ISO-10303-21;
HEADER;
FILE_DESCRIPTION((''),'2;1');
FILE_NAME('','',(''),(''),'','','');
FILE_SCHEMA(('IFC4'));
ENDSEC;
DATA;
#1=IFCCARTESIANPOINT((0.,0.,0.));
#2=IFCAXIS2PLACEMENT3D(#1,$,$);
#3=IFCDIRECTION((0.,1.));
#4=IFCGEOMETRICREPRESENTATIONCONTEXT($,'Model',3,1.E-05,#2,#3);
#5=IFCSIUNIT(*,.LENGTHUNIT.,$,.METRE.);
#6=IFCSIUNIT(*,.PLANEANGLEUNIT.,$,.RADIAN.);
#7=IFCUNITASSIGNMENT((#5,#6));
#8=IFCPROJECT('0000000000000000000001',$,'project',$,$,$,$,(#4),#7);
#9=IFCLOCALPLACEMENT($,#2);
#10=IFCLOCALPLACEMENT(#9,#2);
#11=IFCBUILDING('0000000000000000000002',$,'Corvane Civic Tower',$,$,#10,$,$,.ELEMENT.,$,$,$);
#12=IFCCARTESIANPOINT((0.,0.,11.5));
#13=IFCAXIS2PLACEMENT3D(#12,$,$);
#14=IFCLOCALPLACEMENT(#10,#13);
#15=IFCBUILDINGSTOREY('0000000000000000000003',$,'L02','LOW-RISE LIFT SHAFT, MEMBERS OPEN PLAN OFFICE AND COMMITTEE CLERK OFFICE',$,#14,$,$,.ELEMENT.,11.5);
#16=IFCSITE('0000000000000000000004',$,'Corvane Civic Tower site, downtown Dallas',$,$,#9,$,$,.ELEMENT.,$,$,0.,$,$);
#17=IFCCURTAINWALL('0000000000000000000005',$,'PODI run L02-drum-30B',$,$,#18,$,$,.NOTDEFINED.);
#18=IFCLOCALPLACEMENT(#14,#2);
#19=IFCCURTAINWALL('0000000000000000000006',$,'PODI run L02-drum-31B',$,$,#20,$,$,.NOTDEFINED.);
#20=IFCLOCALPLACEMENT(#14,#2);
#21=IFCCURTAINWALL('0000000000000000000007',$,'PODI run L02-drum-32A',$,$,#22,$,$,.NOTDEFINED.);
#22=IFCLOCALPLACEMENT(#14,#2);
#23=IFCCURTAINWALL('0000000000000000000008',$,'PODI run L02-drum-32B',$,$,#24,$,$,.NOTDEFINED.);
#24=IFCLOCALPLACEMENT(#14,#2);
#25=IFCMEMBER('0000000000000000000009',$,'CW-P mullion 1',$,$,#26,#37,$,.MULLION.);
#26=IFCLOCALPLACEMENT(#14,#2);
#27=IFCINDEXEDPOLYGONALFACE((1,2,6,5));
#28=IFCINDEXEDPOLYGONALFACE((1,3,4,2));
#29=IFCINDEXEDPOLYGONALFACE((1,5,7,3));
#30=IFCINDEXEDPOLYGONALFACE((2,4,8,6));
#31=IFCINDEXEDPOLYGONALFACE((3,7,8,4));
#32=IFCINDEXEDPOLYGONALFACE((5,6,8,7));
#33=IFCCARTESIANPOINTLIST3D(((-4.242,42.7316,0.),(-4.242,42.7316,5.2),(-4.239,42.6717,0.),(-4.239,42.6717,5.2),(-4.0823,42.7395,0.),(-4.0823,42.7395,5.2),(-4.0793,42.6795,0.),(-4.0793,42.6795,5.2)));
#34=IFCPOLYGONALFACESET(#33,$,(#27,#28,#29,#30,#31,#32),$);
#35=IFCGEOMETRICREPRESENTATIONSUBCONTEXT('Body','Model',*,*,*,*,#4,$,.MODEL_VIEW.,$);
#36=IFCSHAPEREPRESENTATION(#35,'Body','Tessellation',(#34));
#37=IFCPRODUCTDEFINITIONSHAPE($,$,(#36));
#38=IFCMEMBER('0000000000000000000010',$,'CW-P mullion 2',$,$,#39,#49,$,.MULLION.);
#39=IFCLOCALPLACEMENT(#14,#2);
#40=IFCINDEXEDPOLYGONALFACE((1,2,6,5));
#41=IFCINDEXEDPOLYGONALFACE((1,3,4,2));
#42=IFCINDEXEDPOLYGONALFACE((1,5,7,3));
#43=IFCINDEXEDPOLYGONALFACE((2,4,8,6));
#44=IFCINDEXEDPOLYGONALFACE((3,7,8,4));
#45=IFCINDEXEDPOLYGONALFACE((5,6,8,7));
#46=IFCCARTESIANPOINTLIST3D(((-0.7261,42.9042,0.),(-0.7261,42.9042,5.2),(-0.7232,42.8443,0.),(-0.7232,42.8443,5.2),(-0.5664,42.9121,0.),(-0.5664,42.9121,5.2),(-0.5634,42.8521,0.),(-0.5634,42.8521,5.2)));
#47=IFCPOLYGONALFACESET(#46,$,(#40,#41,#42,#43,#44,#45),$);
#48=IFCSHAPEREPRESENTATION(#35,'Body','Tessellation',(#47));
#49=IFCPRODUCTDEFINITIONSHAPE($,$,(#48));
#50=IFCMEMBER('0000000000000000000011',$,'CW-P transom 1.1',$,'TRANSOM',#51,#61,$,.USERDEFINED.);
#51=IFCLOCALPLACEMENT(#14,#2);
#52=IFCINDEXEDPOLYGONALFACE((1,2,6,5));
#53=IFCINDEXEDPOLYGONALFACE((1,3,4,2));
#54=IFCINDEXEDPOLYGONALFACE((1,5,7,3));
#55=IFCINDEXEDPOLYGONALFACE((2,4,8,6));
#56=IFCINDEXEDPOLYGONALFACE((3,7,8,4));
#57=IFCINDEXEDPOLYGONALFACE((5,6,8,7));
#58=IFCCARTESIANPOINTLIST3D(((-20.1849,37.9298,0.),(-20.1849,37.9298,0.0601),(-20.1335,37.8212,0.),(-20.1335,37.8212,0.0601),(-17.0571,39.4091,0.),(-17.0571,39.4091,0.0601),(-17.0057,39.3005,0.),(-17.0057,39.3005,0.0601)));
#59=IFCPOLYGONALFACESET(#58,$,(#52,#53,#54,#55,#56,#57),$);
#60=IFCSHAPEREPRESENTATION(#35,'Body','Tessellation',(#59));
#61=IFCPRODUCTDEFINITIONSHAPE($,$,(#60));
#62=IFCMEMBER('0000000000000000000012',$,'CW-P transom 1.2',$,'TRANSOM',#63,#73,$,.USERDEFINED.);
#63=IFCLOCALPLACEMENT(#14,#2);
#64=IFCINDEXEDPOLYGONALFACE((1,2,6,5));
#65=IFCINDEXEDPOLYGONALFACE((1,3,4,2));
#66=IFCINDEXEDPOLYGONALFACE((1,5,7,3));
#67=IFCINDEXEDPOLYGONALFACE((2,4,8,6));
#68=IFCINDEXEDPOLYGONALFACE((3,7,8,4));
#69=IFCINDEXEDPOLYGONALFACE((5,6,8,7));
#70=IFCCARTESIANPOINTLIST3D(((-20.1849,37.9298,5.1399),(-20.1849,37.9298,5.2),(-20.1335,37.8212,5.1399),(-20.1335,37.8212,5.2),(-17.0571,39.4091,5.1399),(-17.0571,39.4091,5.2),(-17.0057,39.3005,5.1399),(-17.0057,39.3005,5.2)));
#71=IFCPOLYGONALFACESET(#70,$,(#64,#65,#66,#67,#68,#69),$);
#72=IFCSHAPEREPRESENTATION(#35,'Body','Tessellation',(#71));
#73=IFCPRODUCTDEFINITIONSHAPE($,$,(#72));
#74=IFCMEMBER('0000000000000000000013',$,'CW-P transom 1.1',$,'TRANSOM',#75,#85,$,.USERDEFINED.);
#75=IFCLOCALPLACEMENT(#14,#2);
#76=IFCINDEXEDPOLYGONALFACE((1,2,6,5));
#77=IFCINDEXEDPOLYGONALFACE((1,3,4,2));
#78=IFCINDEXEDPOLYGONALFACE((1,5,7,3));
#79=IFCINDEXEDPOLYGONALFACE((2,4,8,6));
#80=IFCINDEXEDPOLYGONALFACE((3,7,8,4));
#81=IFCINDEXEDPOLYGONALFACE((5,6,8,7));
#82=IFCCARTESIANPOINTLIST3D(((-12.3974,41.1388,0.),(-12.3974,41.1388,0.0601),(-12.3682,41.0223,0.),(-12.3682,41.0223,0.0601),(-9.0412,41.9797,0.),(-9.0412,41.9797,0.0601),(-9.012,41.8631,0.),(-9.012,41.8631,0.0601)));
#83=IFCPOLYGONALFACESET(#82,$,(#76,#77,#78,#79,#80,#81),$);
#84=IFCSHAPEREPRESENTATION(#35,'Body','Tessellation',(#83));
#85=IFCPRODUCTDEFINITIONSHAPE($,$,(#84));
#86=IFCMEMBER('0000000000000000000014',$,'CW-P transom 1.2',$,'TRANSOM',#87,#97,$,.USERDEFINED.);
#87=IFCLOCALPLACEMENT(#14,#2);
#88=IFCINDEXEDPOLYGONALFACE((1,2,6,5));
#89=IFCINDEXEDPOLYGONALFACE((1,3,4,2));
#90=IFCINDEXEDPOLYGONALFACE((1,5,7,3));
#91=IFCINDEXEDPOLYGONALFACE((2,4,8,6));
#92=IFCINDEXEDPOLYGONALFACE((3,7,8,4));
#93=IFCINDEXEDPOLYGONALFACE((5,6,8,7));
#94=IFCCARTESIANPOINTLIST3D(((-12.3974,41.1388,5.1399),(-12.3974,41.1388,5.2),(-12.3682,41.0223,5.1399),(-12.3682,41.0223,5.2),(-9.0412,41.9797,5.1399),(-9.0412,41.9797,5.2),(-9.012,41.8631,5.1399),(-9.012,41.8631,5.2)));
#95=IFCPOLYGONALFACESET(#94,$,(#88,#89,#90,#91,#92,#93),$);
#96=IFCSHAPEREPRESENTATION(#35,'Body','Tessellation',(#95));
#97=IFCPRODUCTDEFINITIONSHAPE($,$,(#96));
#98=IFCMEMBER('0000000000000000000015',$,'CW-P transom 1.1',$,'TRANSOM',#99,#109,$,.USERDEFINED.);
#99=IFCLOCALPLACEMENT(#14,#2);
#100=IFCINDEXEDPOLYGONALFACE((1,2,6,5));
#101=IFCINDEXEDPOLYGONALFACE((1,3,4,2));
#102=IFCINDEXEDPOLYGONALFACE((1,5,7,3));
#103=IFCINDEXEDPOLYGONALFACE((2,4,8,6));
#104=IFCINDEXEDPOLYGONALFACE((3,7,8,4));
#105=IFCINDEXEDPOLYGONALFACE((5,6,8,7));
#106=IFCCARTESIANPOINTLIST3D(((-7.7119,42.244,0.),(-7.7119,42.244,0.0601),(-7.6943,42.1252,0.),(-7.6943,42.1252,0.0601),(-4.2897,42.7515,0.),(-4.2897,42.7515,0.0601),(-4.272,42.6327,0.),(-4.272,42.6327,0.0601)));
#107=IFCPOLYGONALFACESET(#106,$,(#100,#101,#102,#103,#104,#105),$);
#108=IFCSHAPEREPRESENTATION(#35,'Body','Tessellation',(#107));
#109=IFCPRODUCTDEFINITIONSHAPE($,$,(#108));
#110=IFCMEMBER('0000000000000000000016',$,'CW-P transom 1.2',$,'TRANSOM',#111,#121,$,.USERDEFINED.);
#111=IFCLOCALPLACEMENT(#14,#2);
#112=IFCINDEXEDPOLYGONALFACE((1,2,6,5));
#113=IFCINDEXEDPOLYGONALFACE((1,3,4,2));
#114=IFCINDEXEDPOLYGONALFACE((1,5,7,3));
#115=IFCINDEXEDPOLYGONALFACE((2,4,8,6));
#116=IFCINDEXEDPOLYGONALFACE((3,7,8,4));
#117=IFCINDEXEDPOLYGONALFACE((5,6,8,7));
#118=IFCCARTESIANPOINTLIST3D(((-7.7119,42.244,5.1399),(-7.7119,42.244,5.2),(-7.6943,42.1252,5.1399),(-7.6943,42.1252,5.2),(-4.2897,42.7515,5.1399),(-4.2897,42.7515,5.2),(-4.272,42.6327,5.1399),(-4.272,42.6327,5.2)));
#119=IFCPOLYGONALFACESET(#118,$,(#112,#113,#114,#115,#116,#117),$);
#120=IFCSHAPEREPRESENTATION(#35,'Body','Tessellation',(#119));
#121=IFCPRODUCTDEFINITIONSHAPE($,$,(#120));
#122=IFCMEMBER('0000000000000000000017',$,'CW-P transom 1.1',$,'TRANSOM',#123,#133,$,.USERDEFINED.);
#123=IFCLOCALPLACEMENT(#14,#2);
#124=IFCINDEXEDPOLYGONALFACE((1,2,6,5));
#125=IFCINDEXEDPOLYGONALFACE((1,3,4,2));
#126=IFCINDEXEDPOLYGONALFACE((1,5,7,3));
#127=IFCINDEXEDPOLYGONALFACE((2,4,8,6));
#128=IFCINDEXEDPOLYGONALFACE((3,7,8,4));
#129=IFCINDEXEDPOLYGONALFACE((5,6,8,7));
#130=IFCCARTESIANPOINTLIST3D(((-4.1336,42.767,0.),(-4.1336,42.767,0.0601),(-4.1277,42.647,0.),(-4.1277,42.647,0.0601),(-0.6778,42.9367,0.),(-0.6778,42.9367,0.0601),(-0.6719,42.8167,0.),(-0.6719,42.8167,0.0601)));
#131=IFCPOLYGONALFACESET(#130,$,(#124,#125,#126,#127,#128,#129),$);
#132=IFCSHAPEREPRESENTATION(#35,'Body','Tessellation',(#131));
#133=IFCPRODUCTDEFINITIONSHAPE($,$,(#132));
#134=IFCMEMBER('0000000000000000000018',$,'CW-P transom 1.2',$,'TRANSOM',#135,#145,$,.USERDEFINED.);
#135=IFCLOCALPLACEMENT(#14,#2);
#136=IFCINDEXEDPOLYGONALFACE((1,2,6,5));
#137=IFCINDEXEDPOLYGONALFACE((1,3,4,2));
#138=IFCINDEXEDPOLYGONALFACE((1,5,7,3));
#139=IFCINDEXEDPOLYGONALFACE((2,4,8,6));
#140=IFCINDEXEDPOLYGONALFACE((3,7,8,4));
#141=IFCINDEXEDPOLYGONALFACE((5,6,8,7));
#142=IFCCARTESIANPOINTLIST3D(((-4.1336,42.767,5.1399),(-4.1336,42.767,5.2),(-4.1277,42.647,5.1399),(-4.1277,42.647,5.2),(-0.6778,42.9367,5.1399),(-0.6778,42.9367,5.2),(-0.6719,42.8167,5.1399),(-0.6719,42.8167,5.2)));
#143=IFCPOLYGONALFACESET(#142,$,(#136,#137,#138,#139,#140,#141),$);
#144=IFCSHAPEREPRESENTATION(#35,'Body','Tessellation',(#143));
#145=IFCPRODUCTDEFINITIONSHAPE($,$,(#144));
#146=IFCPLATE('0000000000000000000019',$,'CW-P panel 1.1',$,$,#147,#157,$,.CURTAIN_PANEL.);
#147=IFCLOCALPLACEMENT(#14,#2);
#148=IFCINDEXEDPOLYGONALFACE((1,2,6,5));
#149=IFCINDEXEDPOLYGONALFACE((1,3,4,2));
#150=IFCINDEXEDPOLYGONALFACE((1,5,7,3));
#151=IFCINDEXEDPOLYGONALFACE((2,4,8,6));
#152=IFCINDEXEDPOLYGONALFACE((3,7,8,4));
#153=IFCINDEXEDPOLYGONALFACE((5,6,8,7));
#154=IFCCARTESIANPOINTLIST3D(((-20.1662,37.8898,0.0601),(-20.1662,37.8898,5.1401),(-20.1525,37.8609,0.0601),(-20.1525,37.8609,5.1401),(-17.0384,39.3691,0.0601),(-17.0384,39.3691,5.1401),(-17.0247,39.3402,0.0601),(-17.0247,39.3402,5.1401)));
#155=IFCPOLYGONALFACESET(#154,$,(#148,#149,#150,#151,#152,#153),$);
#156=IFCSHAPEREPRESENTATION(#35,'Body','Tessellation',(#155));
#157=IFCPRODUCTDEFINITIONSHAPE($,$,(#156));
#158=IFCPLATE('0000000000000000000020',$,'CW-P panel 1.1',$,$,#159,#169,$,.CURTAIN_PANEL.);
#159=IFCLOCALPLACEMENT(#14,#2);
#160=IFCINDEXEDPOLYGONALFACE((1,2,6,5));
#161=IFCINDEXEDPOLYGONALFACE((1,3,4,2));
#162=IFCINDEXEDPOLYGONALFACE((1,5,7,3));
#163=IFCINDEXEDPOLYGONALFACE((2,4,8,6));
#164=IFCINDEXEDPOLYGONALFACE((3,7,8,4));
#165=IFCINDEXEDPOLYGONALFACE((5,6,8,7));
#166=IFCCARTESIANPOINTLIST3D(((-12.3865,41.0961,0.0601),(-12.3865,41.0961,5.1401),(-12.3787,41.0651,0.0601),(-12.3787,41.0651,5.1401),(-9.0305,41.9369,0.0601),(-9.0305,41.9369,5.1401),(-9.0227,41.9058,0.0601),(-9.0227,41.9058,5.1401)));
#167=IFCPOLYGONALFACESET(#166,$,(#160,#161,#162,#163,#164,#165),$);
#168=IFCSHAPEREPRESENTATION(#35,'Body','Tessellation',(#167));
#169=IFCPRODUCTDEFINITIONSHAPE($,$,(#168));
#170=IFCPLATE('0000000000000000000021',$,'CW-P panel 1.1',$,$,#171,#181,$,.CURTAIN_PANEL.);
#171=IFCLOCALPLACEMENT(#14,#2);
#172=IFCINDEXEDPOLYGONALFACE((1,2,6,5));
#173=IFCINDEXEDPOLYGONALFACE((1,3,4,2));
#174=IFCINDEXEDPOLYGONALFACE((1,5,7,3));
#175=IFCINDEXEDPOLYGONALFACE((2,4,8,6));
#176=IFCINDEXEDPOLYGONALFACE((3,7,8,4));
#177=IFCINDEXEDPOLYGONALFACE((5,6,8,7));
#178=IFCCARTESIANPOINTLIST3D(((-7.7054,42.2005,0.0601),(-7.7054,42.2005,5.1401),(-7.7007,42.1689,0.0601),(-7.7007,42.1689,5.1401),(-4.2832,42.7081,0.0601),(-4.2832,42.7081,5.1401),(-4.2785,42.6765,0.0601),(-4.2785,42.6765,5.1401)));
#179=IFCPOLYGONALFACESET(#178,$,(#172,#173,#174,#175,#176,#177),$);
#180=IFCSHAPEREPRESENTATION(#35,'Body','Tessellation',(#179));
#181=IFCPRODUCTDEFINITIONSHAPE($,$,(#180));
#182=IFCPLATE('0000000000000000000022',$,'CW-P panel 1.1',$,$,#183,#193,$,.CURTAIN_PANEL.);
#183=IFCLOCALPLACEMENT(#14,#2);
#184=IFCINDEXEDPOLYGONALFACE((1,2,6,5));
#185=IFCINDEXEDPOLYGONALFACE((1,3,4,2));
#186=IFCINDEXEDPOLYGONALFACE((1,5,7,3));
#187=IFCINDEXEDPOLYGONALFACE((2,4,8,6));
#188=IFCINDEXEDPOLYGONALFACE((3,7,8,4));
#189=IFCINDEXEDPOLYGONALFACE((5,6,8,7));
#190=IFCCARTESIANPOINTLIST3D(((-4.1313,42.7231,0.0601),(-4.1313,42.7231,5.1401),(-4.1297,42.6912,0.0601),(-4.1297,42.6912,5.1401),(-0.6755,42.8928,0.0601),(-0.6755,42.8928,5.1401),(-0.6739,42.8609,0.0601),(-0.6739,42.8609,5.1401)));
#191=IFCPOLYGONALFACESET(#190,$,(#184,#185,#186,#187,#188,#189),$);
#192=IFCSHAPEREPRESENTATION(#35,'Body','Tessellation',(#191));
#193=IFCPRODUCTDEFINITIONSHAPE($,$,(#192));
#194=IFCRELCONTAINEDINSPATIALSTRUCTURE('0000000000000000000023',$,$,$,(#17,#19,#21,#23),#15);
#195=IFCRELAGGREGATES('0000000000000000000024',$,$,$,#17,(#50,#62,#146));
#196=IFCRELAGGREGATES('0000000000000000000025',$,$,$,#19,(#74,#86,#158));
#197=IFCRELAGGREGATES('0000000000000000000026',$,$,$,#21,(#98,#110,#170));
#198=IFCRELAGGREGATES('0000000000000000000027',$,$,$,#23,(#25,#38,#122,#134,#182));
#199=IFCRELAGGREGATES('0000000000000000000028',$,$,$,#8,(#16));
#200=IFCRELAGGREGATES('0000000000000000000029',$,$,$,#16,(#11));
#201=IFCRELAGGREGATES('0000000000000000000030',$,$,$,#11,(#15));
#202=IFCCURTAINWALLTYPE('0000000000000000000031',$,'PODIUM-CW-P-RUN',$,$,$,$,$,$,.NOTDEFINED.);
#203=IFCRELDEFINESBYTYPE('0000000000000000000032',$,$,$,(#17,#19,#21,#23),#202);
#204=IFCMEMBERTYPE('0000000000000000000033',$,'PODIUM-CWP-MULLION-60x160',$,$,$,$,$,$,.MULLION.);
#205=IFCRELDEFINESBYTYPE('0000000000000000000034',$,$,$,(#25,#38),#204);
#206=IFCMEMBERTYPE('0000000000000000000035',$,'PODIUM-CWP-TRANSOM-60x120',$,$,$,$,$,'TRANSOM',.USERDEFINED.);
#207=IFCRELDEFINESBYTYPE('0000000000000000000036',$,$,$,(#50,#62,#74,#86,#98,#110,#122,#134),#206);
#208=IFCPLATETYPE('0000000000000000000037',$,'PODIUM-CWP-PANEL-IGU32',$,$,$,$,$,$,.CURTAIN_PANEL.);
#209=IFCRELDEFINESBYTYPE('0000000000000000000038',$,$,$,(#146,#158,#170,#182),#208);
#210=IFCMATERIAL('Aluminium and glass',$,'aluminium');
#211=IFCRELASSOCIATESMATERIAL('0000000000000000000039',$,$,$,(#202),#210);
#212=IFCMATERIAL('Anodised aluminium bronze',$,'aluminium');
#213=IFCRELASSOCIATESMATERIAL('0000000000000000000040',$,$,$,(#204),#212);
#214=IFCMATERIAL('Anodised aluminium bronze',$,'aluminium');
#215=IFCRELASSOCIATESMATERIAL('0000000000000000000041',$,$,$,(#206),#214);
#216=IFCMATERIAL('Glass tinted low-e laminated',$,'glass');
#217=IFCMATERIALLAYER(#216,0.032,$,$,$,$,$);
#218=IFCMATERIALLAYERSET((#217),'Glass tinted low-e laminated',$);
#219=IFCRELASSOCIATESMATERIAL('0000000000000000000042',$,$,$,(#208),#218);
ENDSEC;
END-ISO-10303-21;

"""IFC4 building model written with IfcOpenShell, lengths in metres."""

from ifc_helpers import new_model, si_unit, direction, frame, origin, origin_2d, place, context, subcontext, project, spatial, rectangle, extrude, material, layer, layer_set, material_profile, profile_set, type_object, element, aggregate, save


model = new_model("IFC4")

# Units and contexts
model_context = context("Model", 3, precision=1e-05, world=origin(), true_north=direction((0.0, 1.0)))
body_context = subcontext(model_context, "Body", "Model", "MODEL_VIEW")
ifc_project = project(units=[si_unit("LENGTHUNIT", "METRE"), si_unit("PLANEANGLEUNIT", "RADIAN")], contexts=[model_context])

# Site, building, storey
site_placement = place(None, origin())
site = spatial("IfcSite", under=ifc_project, at=site_placement, Name="Corvane Civic Tower site, downtown Dallas", CompositionType="ELEMENT", RefElevation=0.0)
building_placement = place(site_placement, origin())
building = spatial("IfcBuilding", under=site, at=building_placement, Name="Corvane Civic Tower", CompositionType="ELEMENT")
storey_placement = place(building_placement, frame((0.0, 0.0, 11.5)))
storey = spatial("IfcBuildingStorey", under=building, at=storey_placement, Name="L02", Description="LOW-RISE LIFT SHAFT, MEMBERS OPEN PLAN OFFICE AND COMMITTEE CLERK OFFICE", CompositionType="ELEMENT", Elevation=11.5)

# Shared definitions
ifc_material_1 = material(Name="Aluminium and glass", Category="aluminium")
curtain_wall_type = type_object("IfcCurtainWallType", Name="PODIUM-CW-P-RUN", PredefinedType="NOTDEFINED", material=ifc_material_1)
ifc_material_2 = material(Name="Anodised aluminium bronze", Category="aluminium")
ifc_material_profile_1 = material_profile(ifc_material_2, rectangle(XDim=0.0601, YDim=0.1599, at=origin_2d()), Name="AL 60x160")
ifc_profile_set_1 = profile_set([ifc_material_profile_1], Name="Anodised aluminium bronze")
member_type_1 = type_object("IfcMemberType", Name="PODIUM-CWP-MULLION-60x160", PredefinedType="MULLION", material=ifc_profile_set_1)

# Curtain walls, members
curtain_wall_1_placement = place(storey_placement, origin())
curtain_wall_1 = element("IfcCurtainWall", 1, at=curtain_wall_1_placement, inside=storey, type_object=curtain_wall_type, Name="PODI run L02-drum-30B", PredefinedType="NOTDEFINED")
curtain_wall_2_placement = place(storey_placement, origin())
curtain_wall_2 = element("IfcCurtainWall", 2, at=curtain_wall_2_placement, inside=storey, type_object=curtain_wall_type, Name="PODI run L02-drum-31B", PredefinedType="NOTDEFINED")
curtain_wall_3_placement = place(storey_placement, origin())
curtain_wall_3 = element("IfcCurtainWall", 3, at=curtain_wall_3_placement, inside=storey, type_object=curtain_wall_type, Name="PODI run L02-drum-32A", PredefinedType="NOTDEFINED")
curtain_wall_4_placement = place(storey_placement, origin())
curtain_wall_4 = element("IfcCurtainWall", 4, at=curtain_wall_4_placement, inside=storey, type_object=curtain_wall_type, Name="PODI run L02-drum-32B", PredefinedType="NOTDEFINED")
member_1_placement = place(storey_placement, frame((-4.1606, 42.7056, 0.0), z_axis=(0.0, 0.0, 1.0), x_axis=(-0.04905, 0.998796, 0.0)))
member_1 = element("IfcMember", 5, at=member_1_placement, type_object=member_type_1, Name="CW-P mullion 1", PredefinedType="MULLION", context=body_context, shape_type="SweptSolid", body=[
    extrude(rectangle(XDim=0.0601, YDim=0.1599, at=origin_2d()), origin(), (0.0, 0.0, 1.0), 5.2),
])
member_2_placement = place(storey_placement, frame((-0.6448, 42.8782, 0.0), z_axis=(0.0, 0.0, 1.0), x_axis=(-0.04905, 0.998796, 0.0)))
member_2 = element("IfcMember", 6, at=member_2_placement, type_object=member_type_1, Name="CW-P mullion 2", PredefinedType="MULLION", context=body_context, shape_type="SweptSolid", body=[
    extrude(rectangle(XDim=0.0601, YDim=0.1599, at=origin_2d()), origin(), (0.0, 0.0, 1.0), 5.2),
])

# Members
ifc_material_3 = material(Name="Anodised aluminium bronze", Category="aluminium")
ifc_material_profile_2 = material_profile(ifc_material_3, rectangle(XDim=0.1201, YDim=0.0601, at=origin_2d()), Name="AL 120x60")
ifc_profile_set_2 = profile_set([ifc_material_profile_2], Name="Anodised aluminium bronze")
member_type_2 = type_object("IfcMemberType", Name="PODIUM-CWP-TRANSOM-60x120", ElementType="TRANSOM", PredefinedType="USERDEFINED", material=ifc_profile_set_2)
member_3_placement = place(storey_placement, frame((-20.1592, 37.8755, 0.03), z_axis=(0.903993, 0.427546, 0.0), x_axis=(-0.427546, 0.903993, 0.0)))
member_3 = element("IfcMember", 7, at=member_3_placement, type_object=member_type_2, Name="CW-P transom 1.1", ObjectType="TRANSOM", PredefinedType="USERDEFINED", context=body_context, shape_type="SweptSolid", body=[
    extrude(rectangle(XDim=0.1201, YDim=0.0601, at=origin_2d()), origin(), (0.0, 0.0, 1.0), 3.46),
])
member_4_placement = place(storey_placement, frame((-20.1592, 37.8755, 5.1699), z_axis=(0.903993, 0.427546, 0.0), x_axis=(-0.427546, 0.903993, 0.0)))
member_4 = element("IfcMember", 8, at=member_4_placement, type_object=member_type_2, Name="CW-P transom 1.2", ObjectType="TRANSOM", PredefinedType="USERDEFINED", context=body_context, shape_type="SweptSolid", body=[
    extrude(rectangle(XDim=0.1201, YDim=0.0601, at=origin_2d()), origin(), (0.0, 0.0, 1.0), 3.46),
])
member_5_placement = place(storey_placement, frame((-12.3828, 41.0806, 0.03), z_axis=(0.970022, 0.243017, 0.0), x_axis=(-0.243017, 0.970022, 0.0)))
member_5 = element("IfcMember", 9, at=member_5_placement, type_object=member_type_2, Name="CW-P transom 1.1", ObjectType="TRANSOM", PredefinedType="USERDEFINED", context=body_context, shape_type="SweptSolid", body=[
    extrude(rectangle(XDim=0.1201, YDim=0.0601, at=origin_2d()), origin(), (0.0, 0.0, 1.0), 3.46),
])
member_6_placement = place(storey_placement, frame((-12.3828, 41.0806, 5.1699), z_axis=(0.970022, 0.243017, 0.0), x_axis=(-0.243017, 0.970022, 0.0)))
member_6 = element("IfcMember", 10, at=member_6_placement, type_object=member_type_2, Name="CW-P transom 1.2", ObjectType="TRANSOM", PredefinedType="USERDEFINED", context=body_context, shape_type="SweptSolid", body=[
    extrude(rectangle(XDim=0.1201, YDim=0.0601, at=origin_2d()), origin(), (0.0, 0.0, 1.0), 3.46),
])
member_7_placement = place(storey_placement, frame((-7.7031, 42.1846, 0.03), z_axis=(0.98918, 0.146705, 0.0), x_axis=(-0.146705, 0.98918, 0.0)))
member_7 = element("IfcMember", 11, at=member_7_placement, type_object=member_type_2, Name="CW-P transom 1.1", ObjectType="TRANSOM", PredefinedType="USERDEFINED", context=body_context, shape_type="SweptSolid", body=[
    extrude(rectangle(XDim=0.1201, YDim=0.0601, at=origin_2d()), origin(), (0.0, 0.0, 1.0), 3.4597),
])
member_8_placement = place(storey_placement, frame((-7.7031, 42.1846, 5.1699), z_axis=(0.98918, 0.146705, 0.0), x_axis=(-0.146705, 0.98918, 0.0)))
member_8 = element("IfcMember", 12, at=member_8_placement, type_object=member_type_2, Name="CW-P transom 1.2", ObjectType="TRANSOM", PredefinedType="USERDEFINED", context=body_context, shape_type="SweptSolid", body=[
    extrude(rectangle(XDim=0.1201, YDim=0.0601, at=origin_2d()), origin(), (0.0, 0.0, 1.0), 3.4597),
])
member_9_placement = place(storey_placement, frame((-4.1306, 42.707, 0.03), z_axis=(0.998797, 0.04904, 0.0), x_axis=(-0.04904, 0.998797, 0.0)))
member_9 = element("IfcMember", 13, at=member_9_placement, type_object=member_type_2, Name="CW-P transom 1.1", ObjectType="TRANSOM", PredefinedType="USERDEFINED", context=body_context, shape_type="SweptSolid", body=[
    extrude(rectangle(XDim=0.1201, YDim=0.0601, at=origin_2d()), origin(), (0.0, 0.0, 1.0), 3.46),
])
member_10_placement = place(storey_placement, frame((-4.1306, 42.707, 5.1699), z_axis=(0.998797, 0.04904, 0.0), x_axis=(-0.04904, 0.998797, 0.0)))
member_10 = element("IfcMember", 14, at=member_10_placement, type_object=member_type_2, Name="CW-P transom 1.2", ObjectType="TRANSOM", PredefinedType="USERDEFINED", context=body_context, shape_type="SweptSolid", body=[
    extrude(rectangle(XDim=0.1201, YDim=0.0601, at=origin_2d()), origin(), (0.0, 0.0, 1.0), 3.46),
])

# Plates
ifc_material_4 = material(Name="Glass tinted low-e laminated", Category="glass")
ifc_layer_1 = layer(ifc_material_4, 0.032)
ifc_layer_set_1 = layer_set([ifc_layer_1], Name="Glass tinted low-e laminated")
plate_type = type_object("IfcPlateType", Name="PODIUM-CWP-PANEL-IGU32", PredefinedType="CURTAIN_PANEL", material=ifc_layer_set_1)
plate_1_placement = place(storey_placement, frame((-18.5955, 38.615, 0.0601), z_axis=(0.0, 0.0, 1.0), x_axis=(0.90399, 0.427553, 0.0)))
plate_1 = element("IfcPlate", 15, at=plate_1_placement, type_object=plate_type, Name="CW-P panel 1.1", PredefinedType="CURTAIN_PANEL", context=body_context, shape_type="SweptSolid", body=[
    extrude(rectangle(XDim=3.46, YDim=0.032, at=origin_2d()), origin(), (0.0, 0.0, 1.0), 5.0801),
])
aggregate(curtain_wall_1, [member_3, member_4, plate_1])
plate_2_placement = place(storey_placement, frame((-10.7046, 41.501, 0.0601), z_axis=(0.0, 0.0, 1.0), x_axis=(0.970024, 0.243009, 0.0)))
plate_2 = element("IfcPlate", 16, at=plate_2_placement, type_object=plate_type, Name="CW-P panel 1.1", PredefinedType="CURTAIN_PANEL", context=body_context, shape_type="SweptSolid", body=[
    extrude(rectangle(XDim=3.4597, YDim=0.032, at=origin_2d()), origin(), (0.0, 0.0, 1.0), 5.0801),
])
aggregate(curtain_wall_2, [member_5, member_6, plate_2])
plate_3_placement = place(storey_placement, frame((-5.9919, 42.4385, 0.0601), z_axis=(0.0, 0.0, 1.0), x_axis=(0.989179, 0.146715, 0.0)))
plate_3 = element("IfcPlate", 17, at=plate_3_placement, type_object=plate_type, Name="CW-P panel 1.1", PredefinedType="CURTAIN_PANEL", context=body_context, shape_type="SweptSolid", body=[
    extrude(rectangle(XDim=3.4597, YDim=0.032, at=origin_2d()), origin(), (0.0, 0.0, 1.0), 5.0801),
])
aggregate(curtain_wall_3, [member_7, member_8, plate_3])
plate_4_placement = place(storey_placement, frame((-2.4026, 42.792, 0.0601), z_axis=(0.0, 0.0, 1.0), x_axis=(0.998796, 0.04905, 0.0)))
plate_4 = element("IfcPlate", 18, at=plate_4_placement, type_object=plate_type, Name="CW-P panel 1.1", PredefinedType="CURTAIN_PANEL", context=body_context, shape_type="SweptSolid", body=[
    extrude(rectangle(XDim=3.46, YDim=0.032, at=origin_2d()), origin(), (0.0, 0.0, 1.0), 5.0801),
])
aggregate(curtain_wall_4, [member_1, member_2, member_9, member_10, plate_4])

save(model, "model.ifc")
